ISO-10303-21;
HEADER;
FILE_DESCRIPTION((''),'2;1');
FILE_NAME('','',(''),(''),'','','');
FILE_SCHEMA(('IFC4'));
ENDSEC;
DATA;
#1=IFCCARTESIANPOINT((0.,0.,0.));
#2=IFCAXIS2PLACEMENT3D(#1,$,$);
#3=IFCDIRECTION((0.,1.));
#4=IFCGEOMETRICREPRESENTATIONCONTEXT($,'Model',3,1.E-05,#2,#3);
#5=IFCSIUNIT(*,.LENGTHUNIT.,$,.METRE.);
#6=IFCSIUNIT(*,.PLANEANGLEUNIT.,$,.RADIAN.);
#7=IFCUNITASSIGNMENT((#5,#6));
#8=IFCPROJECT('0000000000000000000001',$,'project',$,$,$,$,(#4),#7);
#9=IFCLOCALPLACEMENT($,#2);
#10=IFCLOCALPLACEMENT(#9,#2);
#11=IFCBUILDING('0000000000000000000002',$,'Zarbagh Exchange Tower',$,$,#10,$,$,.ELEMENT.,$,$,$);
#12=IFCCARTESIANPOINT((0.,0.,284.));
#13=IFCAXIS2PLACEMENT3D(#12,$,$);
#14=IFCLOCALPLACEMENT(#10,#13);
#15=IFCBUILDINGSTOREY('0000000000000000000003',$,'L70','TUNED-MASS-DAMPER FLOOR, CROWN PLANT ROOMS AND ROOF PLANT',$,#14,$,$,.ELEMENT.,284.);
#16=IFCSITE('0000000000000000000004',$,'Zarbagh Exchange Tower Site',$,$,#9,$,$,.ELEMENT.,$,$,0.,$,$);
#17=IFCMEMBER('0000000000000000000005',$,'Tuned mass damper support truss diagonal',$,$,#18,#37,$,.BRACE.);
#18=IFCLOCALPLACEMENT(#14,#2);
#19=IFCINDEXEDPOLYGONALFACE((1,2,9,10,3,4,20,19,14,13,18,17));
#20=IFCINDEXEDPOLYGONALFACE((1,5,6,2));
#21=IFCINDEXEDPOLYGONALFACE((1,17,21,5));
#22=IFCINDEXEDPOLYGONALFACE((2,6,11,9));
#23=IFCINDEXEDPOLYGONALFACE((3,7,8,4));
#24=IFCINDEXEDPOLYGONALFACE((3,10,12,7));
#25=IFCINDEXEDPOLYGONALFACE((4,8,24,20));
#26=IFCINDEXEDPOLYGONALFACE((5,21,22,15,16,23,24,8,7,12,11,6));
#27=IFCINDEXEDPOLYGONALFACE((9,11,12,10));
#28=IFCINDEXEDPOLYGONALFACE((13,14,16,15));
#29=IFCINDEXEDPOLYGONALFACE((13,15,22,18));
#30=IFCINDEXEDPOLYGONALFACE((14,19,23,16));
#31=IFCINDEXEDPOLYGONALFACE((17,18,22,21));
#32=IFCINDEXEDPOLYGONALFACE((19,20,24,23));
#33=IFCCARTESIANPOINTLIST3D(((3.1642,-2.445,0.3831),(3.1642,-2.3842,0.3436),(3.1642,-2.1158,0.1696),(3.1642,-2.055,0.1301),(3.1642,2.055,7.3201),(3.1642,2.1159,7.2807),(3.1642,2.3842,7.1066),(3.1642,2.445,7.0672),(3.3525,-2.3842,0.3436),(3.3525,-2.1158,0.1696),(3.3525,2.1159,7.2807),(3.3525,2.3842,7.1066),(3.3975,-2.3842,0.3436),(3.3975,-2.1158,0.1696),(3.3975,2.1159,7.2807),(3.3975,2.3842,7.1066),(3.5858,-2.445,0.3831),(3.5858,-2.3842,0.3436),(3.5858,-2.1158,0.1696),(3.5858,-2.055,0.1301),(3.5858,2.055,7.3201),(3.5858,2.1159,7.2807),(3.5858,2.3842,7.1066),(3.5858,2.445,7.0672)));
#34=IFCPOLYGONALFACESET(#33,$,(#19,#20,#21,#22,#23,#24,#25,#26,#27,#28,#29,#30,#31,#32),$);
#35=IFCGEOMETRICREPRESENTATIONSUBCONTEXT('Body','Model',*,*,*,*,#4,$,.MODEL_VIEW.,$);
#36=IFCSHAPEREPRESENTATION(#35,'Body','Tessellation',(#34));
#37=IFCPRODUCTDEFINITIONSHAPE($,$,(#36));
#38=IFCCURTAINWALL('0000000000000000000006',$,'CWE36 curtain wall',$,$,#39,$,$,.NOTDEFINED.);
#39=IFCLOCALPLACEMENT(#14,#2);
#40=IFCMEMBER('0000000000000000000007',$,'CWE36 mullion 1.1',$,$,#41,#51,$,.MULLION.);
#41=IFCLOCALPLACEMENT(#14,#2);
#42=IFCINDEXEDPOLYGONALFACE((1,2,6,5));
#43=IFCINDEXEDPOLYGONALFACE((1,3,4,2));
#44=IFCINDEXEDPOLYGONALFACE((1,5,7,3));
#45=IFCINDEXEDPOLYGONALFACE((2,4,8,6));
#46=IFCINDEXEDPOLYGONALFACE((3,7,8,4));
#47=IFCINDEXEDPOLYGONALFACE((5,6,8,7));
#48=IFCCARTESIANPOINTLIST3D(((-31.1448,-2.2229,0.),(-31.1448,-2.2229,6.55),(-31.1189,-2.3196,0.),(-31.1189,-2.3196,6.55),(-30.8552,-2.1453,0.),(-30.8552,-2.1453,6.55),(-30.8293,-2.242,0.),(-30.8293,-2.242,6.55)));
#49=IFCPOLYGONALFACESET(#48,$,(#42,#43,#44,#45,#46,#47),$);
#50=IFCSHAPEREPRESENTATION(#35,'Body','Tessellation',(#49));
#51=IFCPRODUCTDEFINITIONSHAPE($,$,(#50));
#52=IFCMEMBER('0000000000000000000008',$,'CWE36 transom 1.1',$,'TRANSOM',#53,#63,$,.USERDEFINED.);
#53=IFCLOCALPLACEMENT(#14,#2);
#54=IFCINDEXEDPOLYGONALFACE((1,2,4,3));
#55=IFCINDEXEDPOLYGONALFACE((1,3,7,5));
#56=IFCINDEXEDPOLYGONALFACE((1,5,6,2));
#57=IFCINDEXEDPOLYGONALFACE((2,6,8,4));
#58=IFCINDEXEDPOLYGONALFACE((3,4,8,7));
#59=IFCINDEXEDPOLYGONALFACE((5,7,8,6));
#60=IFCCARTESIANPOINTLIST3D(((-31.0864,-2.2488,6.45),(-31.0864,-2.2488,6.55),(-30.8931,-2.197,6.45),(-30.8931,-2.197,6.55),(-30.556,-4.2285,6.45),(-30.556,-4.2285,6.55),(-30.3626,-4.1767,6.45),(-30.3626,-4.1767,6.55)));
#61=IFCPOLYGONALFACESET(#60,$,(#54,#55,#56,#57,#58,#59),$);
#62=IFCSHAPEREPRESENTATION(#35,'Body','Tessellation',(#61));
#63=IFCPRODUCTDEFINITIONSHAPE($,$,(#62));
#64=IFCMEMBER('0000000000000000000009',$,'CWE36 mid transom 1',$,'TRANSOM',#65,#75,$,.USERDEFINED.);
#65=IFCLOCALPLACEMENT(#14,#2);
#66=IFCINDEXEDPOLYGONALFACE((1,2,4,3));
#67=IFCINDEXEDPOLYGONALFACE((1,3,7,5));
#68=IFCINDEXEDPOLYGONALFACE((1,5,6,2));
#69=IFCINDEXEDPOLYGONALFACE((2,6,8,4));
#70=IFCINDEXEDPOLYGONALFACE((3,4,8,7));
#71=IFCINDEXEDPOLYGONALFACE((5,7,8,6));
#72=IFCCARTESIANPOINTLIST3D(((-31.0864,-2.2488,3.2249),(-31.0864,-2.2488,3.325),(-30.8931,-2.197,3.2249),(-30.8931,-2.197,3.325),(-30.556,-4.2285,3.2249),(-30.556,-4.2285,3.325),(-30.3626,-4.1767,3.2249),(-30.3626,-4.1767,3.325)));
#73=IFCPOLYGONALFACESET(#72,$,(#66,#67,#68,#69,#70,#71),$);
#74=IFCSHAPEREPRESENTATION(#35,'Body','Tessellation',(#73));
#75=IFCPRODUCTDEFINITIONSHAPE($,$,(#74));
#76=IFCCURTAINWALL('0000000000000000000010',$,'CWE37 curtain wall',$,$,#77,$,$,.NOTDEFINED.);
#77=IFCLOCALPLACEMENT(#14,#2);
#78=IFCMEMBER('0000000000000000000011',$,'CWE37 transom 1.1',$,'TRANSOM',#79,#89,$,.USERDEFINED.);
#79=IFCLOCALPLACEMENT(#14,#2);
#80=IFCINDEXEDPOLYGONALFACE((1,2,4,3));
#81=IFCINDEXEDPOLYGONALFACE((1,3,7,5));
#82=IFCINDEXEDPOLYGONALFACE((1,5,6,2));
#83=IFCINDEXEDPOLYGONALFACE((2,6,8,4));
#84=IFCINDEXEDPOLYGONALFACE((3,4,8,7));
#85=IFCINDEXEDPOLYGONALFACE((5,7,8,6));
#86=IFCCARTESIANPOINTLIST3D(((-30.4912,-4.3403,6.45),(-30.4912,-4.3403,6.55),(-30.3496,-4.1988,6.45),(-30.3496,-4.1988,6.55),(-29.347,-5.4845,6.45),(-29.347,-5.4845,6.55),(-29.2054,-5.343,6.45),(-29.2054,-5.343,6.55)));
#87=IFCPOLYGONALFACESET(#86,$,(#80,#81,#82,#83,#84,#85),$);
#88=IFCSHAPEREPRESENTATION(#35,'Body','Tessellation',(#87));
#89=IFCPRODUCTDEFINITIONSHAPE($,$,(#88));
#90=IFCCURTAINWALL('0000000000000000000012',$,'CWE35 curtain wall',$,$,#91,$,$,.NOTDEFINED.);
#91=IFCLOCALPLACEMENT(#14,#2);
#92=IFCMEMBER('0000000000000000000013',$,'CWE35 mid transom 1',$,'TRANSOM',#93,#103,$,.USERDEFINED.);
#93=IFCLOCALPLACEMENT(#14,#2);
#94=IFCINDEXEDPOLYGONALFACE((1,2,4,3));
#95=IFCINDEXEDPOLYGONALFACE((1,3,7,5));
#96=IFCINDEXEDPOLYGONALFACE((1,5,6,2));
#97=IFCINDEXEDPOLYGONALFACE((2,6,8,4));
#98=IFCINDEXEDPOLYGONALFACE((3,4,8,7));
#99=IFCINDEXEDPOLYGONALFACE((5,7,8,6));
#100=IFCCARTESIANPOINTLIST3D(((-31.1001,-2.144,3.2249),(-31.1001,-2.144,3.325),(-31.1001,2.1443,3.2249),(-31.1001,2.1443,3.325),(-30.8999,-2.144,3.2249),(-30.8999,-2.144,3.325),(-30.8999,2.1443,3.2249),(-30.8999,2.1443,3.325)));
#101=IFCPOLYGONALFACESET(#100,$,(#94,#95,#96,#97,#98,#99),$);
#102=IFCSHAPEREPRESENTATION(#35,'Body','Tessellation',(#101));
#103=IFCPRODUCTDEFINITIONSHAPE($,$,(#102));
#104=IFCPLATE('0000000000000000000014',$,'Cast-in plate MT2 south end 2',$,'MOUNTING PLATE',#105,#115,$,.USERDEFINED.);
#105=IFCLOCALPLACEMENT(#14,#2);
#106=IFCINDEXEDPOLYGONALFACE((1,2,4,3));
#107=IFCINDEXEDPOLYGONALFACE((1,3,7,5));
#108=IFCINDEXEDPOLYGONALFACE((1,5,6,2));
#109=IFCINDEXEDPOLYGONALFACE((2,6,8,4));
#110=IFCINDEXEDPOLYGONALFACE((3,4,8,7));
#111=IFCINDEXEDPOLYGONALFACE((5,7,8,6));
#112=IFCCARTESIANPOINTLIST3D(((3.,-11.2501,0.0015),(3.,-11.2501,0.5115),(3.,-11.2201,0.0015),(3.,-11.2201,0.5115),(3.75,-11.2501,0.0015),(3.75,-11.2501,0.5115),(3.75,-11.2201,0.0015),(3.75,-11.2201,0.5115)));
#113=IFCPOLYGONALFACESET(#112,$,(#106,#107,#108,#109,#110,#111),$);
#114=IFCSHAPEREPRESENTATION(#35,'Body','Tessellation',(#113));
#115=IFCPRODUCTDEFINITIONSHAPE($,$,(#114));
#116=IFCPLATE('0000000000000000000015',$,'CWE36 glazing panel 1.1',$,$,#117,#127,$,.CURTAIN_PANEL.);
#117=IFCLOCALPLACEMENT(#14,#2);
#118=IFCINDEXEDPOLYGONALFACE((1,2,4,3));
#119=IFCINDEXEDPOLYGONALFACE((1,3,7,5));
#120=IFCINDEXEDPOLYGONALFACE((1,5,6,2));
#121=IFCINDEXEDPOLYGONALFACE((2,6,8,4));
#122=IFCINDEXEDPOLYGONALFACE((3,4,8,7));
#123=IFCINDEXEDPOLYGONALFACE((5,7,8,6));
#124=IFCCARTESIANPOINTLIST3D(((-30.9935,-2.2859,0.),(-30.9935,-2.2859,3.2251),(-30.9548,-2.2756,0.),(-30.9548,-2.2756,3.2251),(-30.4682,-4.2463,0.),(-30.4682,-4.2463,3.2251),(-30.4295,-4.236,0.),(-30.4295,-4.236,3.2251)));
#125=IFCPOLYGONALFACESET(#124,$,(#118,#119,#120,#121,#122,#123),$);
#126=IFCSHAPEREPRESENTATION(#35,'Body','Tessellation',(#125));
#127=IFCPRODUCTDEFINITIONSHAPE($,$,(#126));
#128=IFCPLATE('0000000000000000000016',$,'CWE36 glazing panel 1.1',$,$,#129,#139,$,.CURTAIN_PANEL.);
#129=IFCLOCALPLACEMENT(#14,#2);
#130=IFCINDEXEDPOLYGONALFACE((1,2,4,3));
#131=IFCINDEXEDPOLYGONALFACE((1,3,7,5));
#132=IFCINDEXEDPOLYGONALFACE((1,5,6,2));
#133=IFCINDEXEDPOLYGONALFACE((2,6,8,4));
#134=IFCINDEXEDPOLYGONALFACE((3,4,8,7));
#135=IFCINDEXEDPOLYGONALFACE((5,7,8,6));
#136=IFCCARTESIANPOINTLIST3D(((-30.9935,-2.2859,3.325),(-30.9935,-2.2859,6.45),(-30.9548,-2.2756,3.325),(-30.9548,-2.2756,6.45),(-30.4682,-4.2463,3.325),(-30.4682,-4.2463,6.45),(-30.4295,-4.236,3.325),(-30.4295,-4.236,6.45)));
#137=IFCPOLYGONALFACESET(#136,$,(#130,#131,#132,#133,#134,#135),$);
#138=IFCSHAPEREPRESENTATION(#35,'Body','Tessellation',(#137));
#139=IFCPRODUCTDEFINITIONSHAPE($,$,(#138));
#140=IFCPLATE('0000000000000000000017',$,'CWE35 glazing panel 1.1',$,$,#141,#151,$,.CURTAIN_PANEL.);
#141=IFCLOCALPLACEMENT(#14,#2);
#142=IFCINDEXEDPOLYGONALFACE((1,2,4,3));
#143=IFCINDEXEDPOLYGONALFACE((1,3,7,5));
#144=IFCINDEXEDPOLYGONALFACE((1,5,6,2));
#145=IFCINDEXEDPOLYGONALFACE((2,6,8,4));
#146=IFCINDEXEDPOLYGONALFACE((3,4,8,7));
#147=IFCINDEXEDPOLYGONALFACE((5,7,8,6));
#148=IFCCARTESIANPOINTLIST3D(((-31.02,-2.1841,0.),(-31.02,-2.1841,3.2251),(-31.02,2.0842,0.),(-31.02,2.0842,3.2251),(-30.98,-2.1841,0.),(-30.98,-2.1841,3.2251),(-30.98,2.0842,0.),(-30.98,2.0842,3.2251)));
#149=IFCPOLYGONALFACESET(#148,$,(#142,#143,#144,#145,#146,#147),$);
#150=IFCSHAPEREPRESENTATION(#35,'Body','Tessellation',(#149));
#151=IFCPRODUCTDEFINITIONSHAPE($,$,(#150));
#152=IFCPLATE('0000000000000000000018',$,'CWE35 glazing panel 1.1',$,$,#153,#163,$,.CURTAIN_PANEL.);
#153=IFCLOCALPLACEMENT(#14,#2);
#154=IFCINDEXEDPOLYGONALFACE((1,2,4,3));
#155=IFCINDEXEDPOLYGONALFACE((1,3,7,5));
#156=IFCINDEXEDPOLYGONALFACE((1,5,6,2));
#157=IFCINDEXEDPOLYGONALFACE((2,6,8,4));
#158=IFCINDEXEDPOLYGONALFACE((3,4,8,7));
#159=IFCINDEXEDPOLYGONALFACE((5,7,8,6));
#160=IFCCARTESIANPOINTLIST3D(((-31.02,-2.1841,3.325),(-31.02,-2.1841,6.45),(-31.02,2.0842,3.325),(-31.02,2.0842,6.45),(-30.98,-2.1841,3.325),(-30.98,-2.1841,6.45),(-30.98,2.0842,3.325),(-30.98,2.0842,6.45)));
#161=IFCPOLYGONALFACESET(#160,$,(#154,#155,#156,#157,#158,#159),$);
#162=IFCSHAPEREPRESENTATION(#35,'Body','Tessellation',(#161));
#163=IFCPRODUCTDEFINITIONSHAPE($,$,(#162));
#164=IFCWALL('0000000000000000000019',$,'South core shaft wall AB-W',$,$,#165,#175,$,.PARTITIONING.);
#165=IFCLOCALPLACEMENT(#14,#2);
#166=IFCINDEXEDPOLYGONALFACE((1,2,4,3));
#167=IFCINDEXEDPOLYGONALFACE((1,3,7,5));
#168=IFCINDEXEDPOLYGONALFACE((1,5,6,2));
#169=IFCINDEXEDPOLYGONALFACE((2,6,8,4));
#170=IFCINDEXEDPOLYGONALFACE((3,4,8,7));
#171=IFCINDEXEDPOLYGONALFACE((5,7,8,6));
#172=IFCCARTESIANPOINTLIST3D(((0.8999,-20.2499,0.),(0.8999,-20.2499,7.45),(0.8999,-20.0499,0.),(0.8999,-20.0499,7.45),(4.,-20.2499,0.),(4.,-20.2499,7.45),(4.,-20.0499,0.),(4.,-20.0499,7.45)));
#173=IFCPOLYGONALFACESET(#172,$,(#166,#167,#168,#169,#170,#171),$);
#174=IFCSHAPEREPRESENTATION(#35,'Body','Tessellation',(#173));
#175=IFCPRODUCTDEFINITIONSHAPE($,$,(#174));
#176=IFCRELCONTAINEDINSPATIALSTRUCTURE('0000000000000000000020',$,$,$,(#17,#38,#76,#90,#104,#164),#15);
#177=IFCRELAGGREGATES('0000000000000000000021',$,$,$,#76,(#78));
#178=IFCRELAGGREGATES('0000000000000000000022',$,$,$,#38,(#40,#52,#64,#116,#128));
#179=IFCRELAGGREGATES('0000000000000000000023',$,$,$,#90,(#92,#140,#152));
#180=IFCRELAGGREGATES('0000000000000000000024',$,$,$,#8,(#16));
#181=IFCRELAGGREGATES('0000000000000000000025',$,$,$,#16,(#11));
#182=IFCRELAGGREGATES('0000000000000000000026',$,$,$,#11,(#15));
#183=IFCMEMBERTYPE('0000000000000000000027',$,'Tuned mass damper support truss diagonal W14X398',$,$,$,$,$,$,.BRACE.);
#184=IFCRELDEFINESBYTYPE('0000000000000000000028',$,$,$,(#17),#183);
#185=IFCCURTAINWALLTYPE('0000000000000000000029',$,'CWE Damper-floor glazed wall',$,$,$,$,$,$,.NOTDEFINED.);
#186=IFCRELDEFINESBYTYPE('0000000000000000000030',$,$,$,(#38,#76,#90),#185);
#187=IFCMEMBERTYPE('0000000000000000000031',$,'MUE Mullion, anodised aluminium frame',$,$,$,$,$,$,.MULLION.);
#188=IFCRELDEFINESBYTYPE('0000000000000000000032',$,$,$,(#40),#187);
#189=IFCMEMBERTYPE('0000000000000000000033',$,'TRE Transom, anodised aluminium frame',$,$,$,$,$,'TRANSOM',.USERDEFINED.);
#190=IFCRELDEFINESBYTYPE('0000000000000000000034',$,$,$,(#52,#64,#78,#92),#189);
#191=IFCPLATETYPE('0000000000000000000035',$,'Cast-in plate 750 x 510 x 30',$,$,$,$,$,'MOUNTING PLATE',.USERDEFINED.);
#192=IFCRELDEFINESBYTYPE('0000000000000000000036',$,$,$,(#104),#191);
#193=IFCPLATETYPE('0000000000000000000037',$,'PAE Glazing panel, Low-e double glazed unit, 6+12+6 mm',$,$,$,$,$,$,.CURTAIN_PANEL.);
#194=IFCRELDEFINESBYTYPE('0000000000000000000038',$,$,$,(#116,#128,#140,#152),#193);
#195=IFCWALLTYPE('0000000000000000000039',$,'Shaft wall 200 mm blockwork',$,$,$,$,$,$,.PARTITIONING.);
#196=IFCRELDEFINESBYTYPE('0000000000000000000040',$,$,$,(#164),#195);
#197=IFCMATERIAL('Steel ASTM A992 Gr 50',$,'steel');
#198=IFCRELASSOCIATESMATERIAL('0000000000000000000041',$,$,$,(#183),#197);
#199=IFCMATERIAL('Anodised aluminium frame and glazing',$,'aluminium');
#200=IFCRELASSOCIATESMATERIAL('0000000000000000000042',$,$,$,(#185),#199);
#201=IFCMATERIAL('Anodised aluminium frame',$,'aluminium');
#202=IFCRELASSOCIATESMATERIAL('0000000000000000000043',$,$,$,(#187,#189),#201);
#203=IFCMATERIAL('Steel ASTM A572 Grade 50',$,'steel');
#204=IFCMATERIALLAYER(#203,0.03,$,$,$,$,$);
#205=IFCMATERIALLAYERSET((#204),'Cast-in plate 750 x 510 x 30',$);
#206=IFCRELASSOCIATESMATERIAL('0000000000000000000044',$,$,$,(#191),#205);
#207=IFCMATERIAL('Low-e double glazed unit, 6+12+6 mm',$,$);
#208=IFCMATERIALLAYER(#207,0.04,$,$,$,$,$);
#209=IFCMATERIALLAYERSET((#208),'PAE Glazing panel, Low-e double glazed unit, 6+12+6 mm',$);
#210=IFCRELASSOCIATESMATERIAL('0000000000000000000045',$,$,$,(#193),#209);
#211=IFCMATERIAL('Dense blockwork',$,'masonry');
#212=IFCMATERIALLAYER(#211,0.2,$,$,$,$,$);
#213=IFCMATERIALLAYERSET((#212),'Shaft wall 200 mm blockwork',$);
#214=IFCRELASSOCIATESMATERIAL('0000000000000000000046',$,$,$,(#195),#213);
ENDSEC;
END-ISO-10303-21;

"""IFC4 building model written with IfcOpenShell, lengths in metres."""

from ifc_helpers import new_model, si_unit, direction, frame, frame_2d, origin, origin_2d, place, context, subcontext, project, spatial, polyline, rectangle, i_section, outline, extrude, source, transform, mapped, material, layer, layer_set, material_profile, profile_set, type_object, element, aggregate, save


model = new_model("IFC4")

# Units and contexts
model_context = context("Model", 3, precision=1e-05, world=origin(), true_north=direction((0.0, 1.0)))
body_context = subcontext(model_context, "Body", "Model", "MODEL_VIEW")
ifc_project = project(units=[si_unit("LENGTHUNIT", "METRE"), si_unit("PLANEANGLEUNIT", "RADIAN")], contexts=[model_context])

# Site, building, storey
site_placement = place(None, origin())
site = spatial("IfcSite", under=ifc_project, at=site_placement, Name="Zarbagh Exchange Tower Site", CompositionType="ELEMENT", RefElevation=0.0)
building_placement = place(site_placement, origin())
building = spatial("IfcBuilding", under=site, at=building_placement, Name="Zarbagh Exchange Tower", CompositionType="ELEMENT")
storey_placement = place(building_placement, frame((0.0, 0.0, 284.0)))
storey = spatial("IfcBuildingStorey", under=building, at=storey_placement, Name="L70", Description="TUNED-MASS-DAMPER FLOOR, CROWN PLANT ROOMS AND ROOF PLANT", CompositionType="ELEMENT", Elevation=284.0)

# Shared definitions
ifc_material_1 = material(Name="Steel ASTM A992 Gr 50", Category="steel")

# Member
ifc_material_profile_1 = material_profile(ifc_material_1, i_section(OverallWidth=0.4216, OverallDepth=0.4648, WebThickness=0.0449, FlangeThickness=0.0725, at=origin_2d()), Name="W14X398")
ifc_profile_set_1 = profile_set([ifc_material_profile_1], Name="Steel ASTM A992 Gr 50")
member_type_1 = type_object("IfcMemberType", Name="Tuned mass damper support truss diagonal W14X398", PredefinedType="BRACE", material=ifc_profile_set_1)
for number, where, z_axis, x_axis, name in (
    (1, (3.375, -2.25, 0.2566), (0.0, 0.544218, 0.838944), (-1.0, 0.0, 0.0), "Tuned mass damper support truss diagonal"),
):
    element("IfcMember", number, at=place(storey_placement, frame(where, z_axis=z_axis, x_axis=x_axis)), inside=storey, type_object=member_type_1, Name=name, PredefinedType="BRACE", context=body_context, shape_type="SweptSolid", body=[
        extrude(i_section(OverallWidth=0.4216, OverallDepth=0.4648, WebThickness=0.0449, FlangeThickness=0.0725, at=origin_2d()), origin(), (0.0, 0.0, 1.0), 8.2688),
    ])

# Curtain wall, members
ifc_material_2 = material(Name="Anodised aluminium frame and glazing", Category="aluminium")
curtain_wall_type = type_object("IfcCurtainWallType", Name="CWE Damper-floor glazed wall", PredefinedType="NOTDEFINED", material=ifc_material_2)
curtain_wall_1_placement = place(storey_placement, origin())
curtain_wall_1 = element("IfcCurtainWall", 2, at=curtain_wall_1_placement, inside=storey, type_object=curtain_wall_type, Name="CWE36 curtain wall", PredefinedType="NOTDEFINED")
ifc_material_3 = material(Name="Anodised aluminium frame", Category="aluminium")
member_type_2 = type_object("IfcMemberType", Name="MUE Mullion, anodised aluminium frame", PredefinedType="MULLION", material=ifc_material_3)
shared_shape_1 = source(origin(), body_context, "Body", "SweptSolid", [
    extrude(outline(polyline([(0.0, -0.1499), (0.1001, -0.1499), (0.1001, 0.1499), (0.0, 0.1499), (0.0, -0.1499)])), origin(), (0.0, 0.0, 1.0), 6.55),
])
placement = place(storey_placement, origin())
member_1 = element("IfcMember", 3, at=placement, type_object=member_type_2, Name="CWE36 mullion 1.1", PredefinedType="MULLION", context=body_context, shape_type="MappedRepresentation", body=[
    mapped(shared_shape_1, transform((-31.0, -2.1841, 0.0), x_axis=(0.258825, -0.965924, 0.0), y_axis=(0.965924, 0.258825, 0.0), z_axis=(0.0, 0.0, 1.0))),
])
member_type_3 = type_object("IfcMemberType", Name="TRE Transom, anodised aluminium frame", ElementType="TRANSOM", PredefinedType="USERDEFINED", material=ifc_material_3)
shared_shape_2 = source(origin(), body_context, "Body", "SweptSolid", [
    extrude(outline(polyline([(-0.1001, -0.1001), (0.0, -0.1001), (0.0, 0.1001), (-0.1001, 0.1001), (-0.1001, -0.1001)])), origin(), (0.0, 0.0, 1.0), 2.0496),
])
member_2 = element("IfcMember", 4, at=placement, type_object=member_type_3, Name="CWE36 transom 1.1", ObjectType="TRANSOM", PredefinedType="USERDEFINED", context=body_context, shape_type="MappedRepresentation", body=[
    mapped(shared_shape_2, transform((-30.9897, -2.2229, 6.55), x_axis=(0.0, 0.0, 1.0), y_axis=(-0.965924, -0.258825, 0.0), z_axis=(0.258825, -0.965924, 0.0))),
])
shared_shape_3 = source(origin(), body_context, "Body", "SweptSolid", [
    extrude(outline(polyline([(-0.05, -0.1001), (0.05, -0.1001), (0.05, 0.1001), (-0.05, 0.1001), (-0.05, -0.1001)])), origin(), (0.0, 0.0, 1.0), 2.0496),
])
member_3 = element("IfcMember", 5, at=placement, type_object=member_type_3, Name="CWE36 mid transom 1", ObjectType="TRANSOM", PredefinedType="USERDEFINED", context=body_context, shape_type="MappedRepresentation", body=[
    mapped(shared_shape_3, transform((-30.9897, -2.2229, 3.2749), x_axis=(0.0, 0.0, 1.0), y_axis=(-0.965924, -0.258825, 0.0), z_axis=(0.258825, -0.965924, 0.0))),
])

# Curtain walls, members
curtain_wall_2_placement = place(storey_placement, origin())
curtain_wall_2 = element("IfcCurtainWall", 6, at=curtain_wall_2_placement, inside=storey, type_object=curtain_wall_type, Name="CWE37 curtain wall", PredefinedType="NOTDEFINED")
shared_shape_4 = source(origin(), body_context, "Body", "SweptSolid", [
    extrude(outline(polyline([(-0.1001, -0.1001), (0.0, -0.1001), (0.0, 0.1001), (-0.1001, 0.1001), (-0.1001, -0.1001)])), origin(), (0.0, 0.0, 1.0), 1.6182),
])
member_4 = element("IfcMember", 7, at=placement, type_object=member_type_3, Name="CWE37 transom 1.1", ObjectType="TRANSOM", PredefinedType="USERDEFINED", context=body_context, shape_type="MappedRepresentation", body=[
    mapped(shared_shape_4, transform((-30.4204, -4.2695, 6.55), x_axis=(0.0, 0.0, 1.0), y_axis=(-0.707107, -0.707107, 0.0), z_axis=(0.707107, -0.707107, 0.0))),
])
aggregate(curtain_wall_2, [member_4])
curtain_wall_3_placement = place(storey_placement, origin())
curtain_wall_3 = element("IfcCurtainWall", 8, at=curtain_wall_3_placement, inside=storey, type_object=curtain_wall_type, Name="CWE35 curtain wall", PredefinedType="NOTDEFINED")
shared_shape_5 = source(origin(), body_context, "Body", "SweptSolid", [
    extrude(outline(polyline([(-0.05, -0.1001), (0.05, -0.1001), (0.05, 0.1001), (-0.05, 0.1001), (-0.05, -0.1001)])), origin(), (0.0, 0.0, 1.0), 4.2883),
])
member_5 = element("IfcMember", 9, at=placement, type_object=member_type_3, Name="CWE35 mid transom 1", ObjectType="TRANSOM", PredefinedType="USERDEFINED", context=body_context, shape_type="MappedRepresentation", body=[
    mapped(shared_shape_5, transform((-31.0, 2.1443, 3.2749), x_axis=(0.0, 0.0, 1.0), y_axis=(-1.0, 0.0, 0.0), z_axis=(0.0, -1.0, 0.0))),
])

# Plates
ifc_material_4 = material(Name="Steel ASTM A572 Grade 50", Category="steel")
ifc_layer_1 = layer(ifc_material_4, 0.03)
ifc_layer_set_1 = layer_set([ifc_layer_1], Name="Cast-in plate 750 x 510 x 30")
plate_type_1 = type_object("IfcPlateType", Name="Cast-in plate 750 x 510 x 30", ElementType="MOUNTING PLATE", PredefinedType="USERDEFINED", material=ifc_layer_set_1)
plate_1_placement = place(storey_placement, frame((3.375, -11.2351, 0.0015), z_axis=(0.0, 0.0, 1.0), x_axis=(1.0, 0.0, 0.0)))
element("IfcPlate", 10, at=plate_1_placement, inside=storey, type_object=plate_type_1, Name="Cast-in plate MT2 south end 2", ObjectType="MOUNTING PLATE", PredefinedType="USERDEFINED", context=body_context, shape_type="SweptSolid", body=[
    extrude(rectangle(XDim=0.75, YDim=0.03, at=origin_2d()), origin(), (0.0, 0.0, 1.0), 0.51),
])
ifc_material_5 = material(Name="Low-e double glazed unit, 6+12+6 mm")
ifc_layer_2 = layer(ifc_material_5, 0.04)
ifc_layer_set_2 = layer_set([ifc_layer_2], Name="PAE Glazing panel, Low-e double glazed unit, 6+12+6 mm")
plate_type_2 = type_object("IfcPlateType", Name="PAE Glazing panel, Low-e double glazed unit, 6+12+6 mm", PredefinedType="CURTAIN_PANEL", material=ifc_layer_set_2)
shared_shape_6 = source(origin(), body_context, "Body", "SweptSolid", [
    extrude(outline(polyline([(0.0, -0.02), (2.0295, -0.02), (2.0295, 0.02), (0.0, 0.02), (0.0, -0.02)])), origin(), (0.0, 0.0, 1.0), 3.2251),
])
plate_2 = element("IfcPlate", 11, at=placement, type_object=plate_type_2, Name="CWE36 glazing panel 1.1", PredefinedType="CURTAIN_PANEL", context=body_context, shape_type="MappedRepresentation", body=[
    mapped(shared_shape_6, transform((-30.9741, -2.2808, 0.0), x_axis=(0.258825, -0.965924, 0.0), y_axis=(0.965924, 0.258825, 0.0), z_axis=(0.0, 0.0, 1.0))),
])
shared_shape_7 = source(origin(), body_context, "Body", "SweptSolid", [
    extrude(outline(polyline([(0.0, -0.02), (2.0295, -0.02), (2.0295, 0.02), (0.0, 0.02), (0.0, -0.02)])), origin(), (0.0, 0.0, 1.0), 3.125),
])
plate_3 = element("IfcPlate", 12, at=placement, type_object=plate_type_2, Name="CWE36 glazing panel 1.1", PredefinedType="CURTAIN_PANEL", context=body_context, shape_type="MappedRepresentation", body=[
    mapped(shared_shape_7, transform((-30.9741, -2.2808, 3.325), x_axis=(0.258825, -0.965924, 0.0), y_axis=(0.965924, 0.258825, 0.0), z_axis=(0.0, 0.0, 1.0))),
])
aggregate(curtain_wall_1, [member_1, member_2, member_3, plate_2, plate_3])
shared_shape_8 = source(origin(), body_context, "Body", "SweptSolid", [
    extrude(outline(polyline([(0.0, -0.02), (4.2683, -0.02), (4.2683, 0.02), (0.0, 0.02), (0.0, -0.02)])), origin(), (0.0, 0.0, 1.0), 3.2251),
])
plate_4 = element("IfcPlate", 13, at=placement, type_object=plate_type_2, Name="CWE35 glazing panel 1.1", PredefinedType="CURTAIN_PANEL", context=body_context, shape_type="MappedRepresentation", body=[
    mapped(shared_shape_8, transform((-31.0, 2.0842, 0.0), x_axis=(0.0, -1.0, 0.0), y_axis=(1.0, 0.0, 0.0), z_axis=(0.0, 0.0, 1.0))),
])
shared_shape_9 = source(origin(), body_context, "Body", "SweptSolid", [
    extrude(outline(polyline([(0.0, -0.02), (4.2683, -0.02), (4.2683, 0.02), (0.0, 0.02), (0.0, -0.02)])), origin(), (0.0, 0.0, 1.0), 3.125),
])
plate_5 = element("IfcPlate", 14, at=placement, type_object=plate_type_2, Name="CWE35 glazing panel 1.1", PredefinedType="CURTAIN_PANEL", context=body_context, shape_type="MappedRepresentation", body=[
    mapped(shared_shape_9, transform((-31.0, 2.0842, 3.325), x_axis=(0.0, -1.0, 0.0), y_axis=(1.0, 0.0, 0.0), z_axis=(0.0, 0.0, 1.0))),
])
aggregate(curtain_wall_3, [member_5, plate_4, plate_5])

# Wall
ifc_material_6 = material(Name="Dense blockwork", Category="masonry")
ifc_layer_3 = layer(ifc_material_6, 0.2)
ifc_layer_set_3 = layer_set([ifc_layer_3], Name="Shaft wall 200 mm blockwork")
wall_type_1 = type_object("IfcWallType", Name="Shaft wall 200 mm blockwork", PredefinedType="PARTITIONING", material=ifc_layer_set_3)
wall_1_placement = place(storey_placement, frame((4.0, -20.1499, 0.0), z_axis=(0.0, 0.0, 1.0), x_axis=(-1.0, 0.0, 0.0)))
element("IfcWall", 15, at=wall_1_placement, inside=storey, type_object=wall_type_1, Name="South core shaft wall AB-W", PredefinedType="PARTITIONING", context=body_context, shape_type="SweptSolid", body=[
    extrude(rectangle(XDim=3.1001, YDim=0.2, at=frame_2d((1.55, 0.0))), origin(), (0.0, 0.0, 1.0), 7.45),
])

save(model, "model.ifc")
